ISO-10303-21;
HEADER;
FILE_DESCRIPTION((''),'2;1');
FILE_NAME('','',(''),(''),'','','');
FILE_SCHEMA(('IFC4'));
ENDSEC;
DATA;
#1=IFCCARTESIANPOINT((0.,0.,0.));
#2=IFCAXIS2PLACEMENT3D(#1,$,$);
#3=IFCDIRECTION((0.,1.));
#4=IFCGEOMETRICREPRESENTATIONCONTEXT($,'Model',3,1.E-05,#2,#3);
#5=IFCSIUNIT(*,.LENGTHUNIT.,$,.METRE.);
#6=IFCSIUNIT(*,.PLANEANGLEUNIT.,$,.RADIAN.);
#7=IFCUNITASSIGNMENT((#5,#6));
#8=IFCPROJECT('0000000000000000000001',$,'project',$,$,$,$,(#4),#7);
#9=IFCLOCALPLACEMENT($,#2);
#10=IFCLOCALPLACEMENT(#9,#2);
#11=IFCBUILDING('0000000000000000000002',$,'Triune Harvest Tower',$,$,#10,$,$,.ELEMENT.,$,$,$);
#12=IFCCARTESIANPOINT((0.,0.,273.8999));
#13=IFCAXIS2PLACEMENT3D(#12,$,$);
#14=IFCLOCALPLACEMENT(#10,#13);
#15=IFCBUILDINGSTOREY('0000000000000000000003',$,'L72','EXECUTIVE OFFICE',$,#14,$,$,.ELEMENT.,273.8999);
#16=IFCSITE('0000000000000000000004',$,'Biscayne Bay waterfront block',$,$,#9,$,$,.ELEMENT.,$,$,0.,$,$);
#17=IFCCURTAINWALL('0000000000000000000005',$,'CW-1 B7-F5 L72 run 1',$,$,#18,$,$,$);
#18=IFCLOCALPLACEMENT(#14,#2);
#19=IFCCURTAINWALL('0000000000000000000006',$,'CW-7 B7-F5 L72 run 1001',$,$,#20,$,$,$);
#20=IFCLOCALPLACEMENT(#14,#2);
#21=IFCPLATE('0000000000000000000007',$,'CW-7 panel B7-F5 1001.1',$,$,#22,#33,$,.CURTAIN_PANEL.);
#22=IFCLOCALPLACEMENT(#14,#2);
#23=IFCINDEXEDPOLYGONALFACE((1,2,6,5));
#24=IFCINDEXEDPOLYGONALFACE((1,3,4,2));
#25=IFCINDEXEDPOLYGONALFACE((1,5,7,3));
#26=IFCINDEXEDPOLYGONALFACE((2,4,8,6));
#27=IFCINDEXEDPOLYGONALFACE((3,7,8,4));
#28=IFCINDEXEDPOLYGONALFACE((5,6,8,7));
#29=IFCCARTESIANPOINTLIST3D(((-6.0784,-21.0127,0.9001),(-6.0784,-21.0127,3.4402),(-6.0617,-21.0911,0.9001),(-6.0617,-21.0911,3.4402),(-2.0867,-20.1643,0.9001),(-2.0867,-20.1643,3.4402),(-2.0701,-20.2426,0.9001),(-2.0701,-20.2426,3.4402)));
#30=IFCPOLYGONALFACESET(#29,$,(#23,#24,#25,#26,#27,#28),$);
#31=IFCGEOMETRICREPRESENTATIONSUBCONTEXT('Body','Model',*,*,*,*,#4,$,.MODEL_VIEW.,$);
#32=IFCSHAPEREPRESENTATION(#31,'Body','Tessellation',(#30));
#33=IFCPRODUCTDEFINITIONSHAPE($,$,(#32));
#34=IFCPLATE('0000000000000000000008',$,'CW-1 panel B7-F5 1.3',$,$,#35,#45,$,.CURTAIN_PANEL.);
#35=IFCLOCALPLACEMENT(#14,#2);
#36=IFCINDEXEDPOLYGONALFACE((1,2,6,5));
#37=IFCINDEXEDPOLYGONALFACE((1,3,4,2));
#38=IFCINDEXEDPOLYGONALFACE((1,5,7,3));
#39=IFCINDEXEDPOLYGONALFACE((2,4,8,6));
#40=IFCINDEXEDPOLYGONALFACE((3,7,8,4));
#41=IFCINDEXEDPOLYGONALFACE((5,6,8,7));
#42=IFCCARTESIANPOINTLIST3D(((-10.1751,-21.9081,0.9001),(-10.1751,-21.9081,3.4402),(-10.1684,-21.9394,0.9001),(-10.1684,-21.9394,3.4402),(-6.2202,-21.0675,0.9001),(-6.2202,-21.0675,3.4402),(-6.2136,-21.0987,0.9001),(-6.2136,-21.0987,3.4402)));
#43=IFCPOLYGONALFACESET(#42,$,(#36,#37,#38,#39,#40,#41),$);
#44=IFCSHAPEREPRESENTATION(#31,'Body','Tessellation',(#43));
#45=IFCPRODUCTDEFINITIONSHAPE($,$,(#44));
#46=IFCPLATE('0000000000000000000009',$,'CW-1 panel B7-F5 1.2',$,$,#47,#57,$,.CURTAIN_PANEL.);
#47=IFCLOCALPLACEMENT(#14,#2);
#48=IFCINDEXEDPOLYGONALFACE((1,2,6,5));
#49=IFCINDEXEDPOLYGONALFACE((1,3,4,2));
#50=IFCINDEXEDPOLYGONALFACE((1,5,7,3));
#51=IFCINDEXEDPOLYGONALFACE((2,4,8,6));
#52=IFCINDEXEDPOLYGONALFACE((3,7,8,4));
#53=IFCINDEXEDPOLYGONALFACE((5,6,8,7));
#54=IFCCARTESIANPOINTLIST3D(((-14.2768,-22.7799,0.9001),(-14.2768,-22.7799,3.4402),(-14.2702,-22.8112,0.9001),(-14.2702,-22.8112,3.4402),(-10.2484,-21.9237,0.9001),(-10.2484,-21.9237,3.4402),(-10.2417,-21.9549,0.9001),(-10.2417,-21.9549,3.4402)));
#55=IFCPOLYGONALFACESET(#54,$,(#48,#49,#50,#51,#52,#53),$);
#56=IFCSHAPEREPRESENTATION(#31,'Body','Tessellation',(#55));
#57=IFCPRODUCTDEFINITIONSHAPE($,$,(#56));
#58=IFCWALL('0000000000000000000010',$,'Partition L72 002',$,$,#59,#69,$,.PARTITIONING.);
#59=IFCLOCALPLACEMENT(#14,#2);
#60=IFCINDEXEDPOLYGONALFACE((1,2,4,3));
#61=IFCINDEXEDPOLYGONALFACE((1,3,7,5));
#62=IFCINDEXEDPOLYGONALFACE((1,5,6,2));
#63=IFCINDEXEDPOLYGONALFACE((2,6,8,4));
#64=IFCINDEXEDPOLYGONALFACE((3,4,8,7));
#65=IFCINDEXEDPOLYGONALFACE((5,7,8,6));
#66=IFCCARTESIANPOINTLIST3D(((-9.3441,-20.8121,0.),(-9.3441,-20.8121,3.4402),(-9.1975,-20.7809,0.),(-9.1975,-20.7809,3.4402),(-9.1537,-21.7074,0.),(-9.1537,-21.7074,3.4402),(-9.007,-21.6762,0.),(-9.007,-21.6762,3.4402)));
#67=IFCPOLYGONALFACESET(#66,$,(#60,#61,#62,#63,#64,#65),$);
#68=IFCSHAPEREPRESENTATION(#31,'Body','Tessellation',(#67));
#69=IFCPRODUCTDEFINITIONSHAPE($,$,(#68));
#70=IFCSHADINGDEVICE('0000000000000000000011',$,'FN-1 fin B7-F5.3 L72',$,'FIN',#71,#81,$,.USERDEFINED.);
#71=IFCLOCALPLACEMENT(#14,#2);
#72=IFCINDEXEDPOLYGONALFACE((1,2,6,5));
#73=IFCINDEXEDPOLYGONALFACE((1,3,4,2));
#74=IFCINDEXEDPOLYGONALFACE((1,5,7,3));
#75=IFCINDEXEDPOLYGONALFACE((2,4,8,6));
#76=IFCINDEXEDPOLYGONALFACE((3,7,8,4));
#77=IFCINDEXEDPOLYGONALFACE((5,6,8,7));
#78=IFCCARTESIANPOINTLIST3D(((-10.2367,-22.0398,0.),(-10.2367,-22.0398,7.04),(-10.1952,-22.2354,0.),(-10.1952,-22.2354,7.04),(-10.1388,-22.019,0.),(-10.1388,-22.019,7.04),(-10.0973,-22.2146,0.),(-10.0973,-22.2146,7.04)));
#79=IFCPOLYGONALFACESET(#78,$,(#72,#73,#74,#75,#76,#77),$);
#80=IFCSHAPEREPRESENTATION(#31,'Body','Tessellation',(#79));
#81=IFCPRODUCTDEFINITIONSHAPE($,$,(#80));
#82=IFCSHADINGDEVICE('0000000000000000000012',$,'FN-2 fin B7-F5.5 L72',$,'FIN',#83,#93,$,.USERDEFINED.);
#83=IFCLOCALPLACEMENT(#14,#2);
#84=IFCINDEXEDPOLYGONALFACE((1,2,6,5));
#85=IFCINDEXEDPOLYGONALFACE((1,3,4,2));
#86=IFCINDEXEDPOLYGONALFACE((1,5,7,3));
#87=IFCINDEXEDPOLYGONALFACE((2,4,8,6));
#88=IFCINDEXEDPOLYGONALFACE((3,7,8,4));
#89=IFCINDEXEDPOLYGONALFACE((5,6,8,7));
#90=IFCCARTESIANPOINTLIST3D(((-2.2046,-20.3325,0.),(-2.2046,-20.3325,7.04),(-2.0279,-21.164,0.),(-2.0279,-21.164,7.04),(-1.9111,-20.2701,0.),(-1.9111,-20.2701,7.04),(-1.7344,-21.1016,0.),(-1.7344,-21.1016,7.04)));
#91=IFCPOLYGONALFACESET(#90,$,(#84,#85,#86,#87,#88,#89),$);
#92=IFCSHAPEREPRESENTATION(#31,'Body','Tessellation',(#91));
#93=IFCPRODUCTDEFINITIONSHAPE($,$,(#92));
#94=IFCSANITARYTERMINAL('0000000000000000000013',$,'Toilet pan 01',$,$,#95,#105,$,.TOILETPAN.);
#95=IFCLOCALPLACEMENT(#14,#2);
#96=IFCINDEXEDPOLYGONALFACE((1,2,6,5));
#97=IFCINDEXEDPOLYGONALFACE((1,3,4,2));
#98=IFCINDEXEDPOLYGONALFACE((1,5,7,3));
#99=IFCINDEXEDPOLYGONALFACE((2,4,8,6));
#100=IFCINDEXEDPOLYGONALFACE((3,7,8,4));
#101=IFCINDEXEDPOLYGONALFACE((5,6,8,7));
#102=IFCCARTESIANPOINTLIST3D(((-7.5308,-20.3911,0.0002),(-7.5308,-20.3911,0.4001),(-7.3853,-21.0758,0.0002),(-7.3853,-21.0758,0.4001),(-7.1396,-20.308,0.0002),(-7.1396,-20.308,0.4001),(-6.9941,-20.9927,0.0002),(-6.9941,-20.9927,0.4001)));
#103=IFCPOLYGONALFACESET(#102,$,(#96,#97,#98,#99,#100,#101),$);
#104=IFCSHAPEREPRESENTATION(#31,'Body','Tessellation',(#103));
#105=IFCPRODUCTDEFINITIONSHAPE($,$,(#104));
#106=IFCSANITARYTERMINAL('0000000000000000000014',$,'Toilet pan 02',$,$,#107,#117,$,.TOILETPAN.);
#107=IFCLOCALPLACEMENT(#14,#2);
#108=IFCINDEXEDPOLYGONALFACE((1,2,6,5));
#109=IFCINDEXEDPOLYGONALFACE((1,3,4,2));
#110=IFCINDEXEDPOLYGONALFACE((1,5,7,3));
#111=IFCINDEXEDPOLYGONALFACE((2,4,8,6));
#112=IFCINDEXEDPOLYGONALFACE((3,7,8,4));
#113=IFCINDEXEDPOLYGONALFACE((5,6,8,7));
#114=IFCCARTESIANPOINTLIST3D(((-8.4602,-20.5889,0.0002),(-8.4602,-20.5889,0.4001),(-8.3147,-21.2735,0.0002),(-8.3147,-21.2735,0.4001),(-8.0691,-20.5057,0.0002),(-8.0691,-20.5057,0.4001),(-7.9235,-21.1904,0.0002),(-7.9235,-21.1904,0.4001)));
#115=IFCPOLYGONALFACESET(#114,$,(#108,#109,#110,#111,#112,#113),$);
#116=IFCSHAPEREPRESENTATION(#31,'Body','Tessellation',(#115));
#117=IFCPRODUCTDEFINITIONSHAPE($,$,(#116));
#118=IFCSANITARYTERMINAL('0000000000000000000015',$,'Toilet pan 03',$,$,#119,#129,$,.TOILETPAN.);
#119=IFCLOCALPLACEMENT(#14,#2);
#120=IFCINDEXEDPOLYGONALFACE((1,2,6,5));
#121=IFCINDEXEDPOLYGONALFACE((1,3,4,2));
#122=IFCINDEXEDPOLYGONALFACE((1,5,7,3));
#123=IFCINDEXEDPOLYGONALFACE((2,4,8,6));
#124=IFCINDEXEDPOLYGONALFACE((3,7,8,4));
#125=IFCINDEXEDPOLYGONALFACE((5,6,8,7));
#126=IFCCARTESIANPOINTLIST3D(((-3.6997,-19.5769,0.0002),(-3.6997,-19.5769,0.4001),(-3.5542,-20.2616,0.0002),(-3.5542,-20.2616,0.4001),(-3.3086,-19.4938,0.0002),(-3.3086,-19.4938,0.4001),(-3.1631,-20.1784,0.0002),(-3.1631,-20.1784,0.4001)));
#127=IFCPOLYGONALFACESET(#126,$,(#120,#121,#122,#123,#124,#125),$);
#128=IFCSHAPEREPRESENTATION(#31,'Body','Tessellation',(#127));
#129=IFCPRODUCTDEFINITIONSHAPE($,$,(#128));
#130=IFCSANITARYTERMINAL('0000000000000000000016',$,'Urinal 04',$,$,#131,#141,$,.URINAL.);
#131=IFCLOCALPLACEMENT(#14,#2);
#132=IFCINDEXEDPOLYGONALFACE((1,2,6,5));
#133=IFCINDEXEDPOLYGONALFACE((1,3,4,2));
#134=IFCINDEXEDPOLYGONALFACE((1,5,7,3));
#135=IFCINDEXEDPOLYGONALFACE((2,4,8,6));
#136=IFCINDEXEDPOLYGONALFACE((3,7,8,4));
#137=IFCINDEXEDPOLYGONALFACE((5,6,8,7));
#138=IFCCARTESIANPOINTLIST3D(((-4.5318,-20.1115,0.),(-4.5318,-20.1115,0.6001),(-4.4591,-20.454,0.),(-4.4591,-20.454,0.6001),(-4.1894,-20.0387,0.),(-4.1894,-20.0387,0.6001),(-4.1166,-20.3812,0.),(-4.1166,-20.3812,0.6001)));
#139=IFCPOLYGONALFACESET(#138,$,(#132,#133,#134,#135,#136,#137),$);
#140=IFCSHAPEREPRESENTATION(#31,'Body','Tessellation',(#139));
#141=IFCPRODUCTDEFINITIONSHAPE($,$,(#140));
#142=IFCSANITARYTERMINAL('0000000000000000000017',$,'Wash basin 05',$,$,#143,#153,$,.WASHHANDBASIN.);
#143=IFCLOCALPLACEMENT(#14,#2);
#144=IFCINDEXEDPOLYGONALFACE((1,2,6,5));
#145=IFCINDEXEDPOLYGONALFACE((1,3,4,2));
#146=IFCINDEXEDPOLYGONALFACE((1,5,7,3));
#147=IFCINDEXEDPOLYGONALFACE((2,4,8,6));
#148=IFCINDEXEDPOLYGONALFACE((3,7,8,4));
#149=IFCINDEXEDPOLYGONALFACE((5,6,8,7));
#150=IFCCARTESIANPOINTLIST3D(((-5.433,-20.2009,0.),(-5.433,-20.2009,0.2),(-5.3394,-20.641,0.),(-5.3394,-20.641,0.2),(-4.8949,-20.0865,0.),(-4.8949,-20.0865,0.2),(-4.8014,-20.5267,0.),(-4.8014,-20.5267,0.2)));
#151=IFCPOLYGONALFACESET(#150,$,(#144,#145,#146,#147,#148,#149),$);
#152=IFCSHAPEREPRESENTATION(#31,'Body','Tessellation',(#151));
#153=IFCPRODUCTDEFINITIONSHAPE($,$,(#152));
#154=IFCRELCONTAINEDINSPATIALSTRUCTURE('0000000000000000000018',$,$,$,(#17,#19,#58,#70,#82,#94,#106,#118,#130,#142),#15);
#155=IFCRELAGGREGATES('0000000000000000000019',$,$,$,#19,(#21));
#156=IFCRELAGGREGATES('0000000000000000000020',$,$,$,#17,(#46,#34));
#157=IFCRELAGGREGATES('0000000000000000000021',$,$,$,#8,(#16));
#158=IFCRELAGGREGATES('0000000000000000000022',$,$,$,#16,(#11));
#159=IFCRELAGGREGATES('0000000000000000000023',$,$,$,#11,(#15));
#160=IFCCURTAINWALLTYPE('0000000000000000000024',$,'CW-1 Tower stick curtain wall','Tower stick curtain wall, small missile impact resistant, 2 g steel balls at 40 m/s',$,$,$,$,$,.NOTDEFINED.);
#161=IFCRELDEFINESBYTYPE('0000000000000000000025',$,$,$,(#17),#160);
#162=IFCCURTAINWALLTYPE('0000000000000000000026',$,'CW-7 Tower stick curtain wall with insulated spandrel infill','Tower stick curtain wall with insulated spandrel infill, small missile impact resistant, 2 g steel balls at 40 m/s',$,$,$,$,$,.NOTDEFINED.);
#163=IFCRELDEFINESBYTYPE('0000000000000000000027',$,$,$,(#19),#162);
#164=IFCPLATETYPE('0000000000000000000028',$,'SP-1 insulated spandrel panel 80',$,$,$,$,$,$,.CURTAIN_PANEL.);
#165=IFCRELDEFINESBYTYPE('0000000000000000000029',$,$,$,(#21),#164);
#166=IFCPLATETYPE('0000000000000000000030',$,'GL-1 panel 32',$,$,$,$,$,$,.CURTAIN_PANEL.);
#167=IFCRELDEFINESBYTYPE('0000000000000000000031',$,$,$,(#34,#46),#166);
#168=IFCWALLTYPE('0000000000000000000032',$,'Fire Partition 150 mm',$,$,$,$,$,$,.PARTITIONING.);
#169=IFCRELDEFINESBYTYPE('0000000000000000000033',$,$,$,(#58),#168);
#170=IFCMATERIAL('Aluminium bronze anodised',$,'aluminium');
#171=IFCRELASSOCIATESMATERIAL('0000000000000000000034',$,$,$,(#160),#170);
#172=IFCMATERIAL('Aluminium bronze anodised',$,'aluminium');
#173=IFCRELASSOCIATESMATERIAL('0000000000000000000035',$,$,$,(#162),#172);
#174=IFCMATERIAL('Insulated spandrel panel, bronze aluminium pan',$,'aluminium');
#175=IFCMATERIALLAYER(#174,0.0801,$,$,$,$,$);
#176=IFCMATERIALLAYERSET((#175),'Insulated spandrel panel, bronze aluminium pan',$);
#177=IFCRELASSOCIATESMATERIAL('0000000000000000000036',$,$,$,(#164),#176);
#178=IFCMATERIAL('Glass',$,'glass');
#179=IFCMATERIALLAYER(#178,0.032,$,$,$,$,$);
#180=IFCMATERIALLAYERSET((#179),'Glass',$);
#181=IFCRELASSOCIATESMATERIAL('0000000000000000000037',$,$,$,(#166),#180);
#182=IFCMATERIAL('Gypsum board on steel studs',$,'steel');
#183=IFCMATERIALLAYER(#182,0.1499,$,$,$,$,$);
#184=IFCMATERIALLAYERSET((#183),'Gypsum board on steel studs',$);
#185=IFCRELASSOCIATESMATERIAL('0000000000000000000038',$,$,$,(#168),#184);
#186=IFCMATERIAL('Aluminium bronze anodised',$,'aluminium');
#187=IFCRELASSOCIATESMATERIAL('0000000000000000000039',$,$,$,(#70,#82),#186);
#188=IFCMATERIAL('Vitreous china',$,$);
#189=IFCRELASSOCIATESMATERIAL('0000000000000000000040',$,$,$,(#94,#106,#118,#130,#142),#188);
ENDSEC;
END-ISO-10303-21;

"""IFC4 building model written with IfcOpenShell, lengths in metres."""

from ifc_helpers import new_model, si_unit, direction, frame, frame_2d, origin, origin_2d, place, context, subcontext, project, spatial, rectangle, extrude, source, transform, mapped, material, layer, layer_set, type_object, element, aggregate, save


model = new_model("IFC4")

# Units and contexts
model_context = context("Model", 3, precision=1e-05, world=origin(), true_north=direction((0.0, 1.0)))
body_context = subcontext(model_context, "Body", "Model", "MODEL_VIEW")
ifc_project = project(units=[si_unit("LENGTHUNIT", "METRE"), si_unit("PLANEANGLEUNIT", "RADIAN")], contexts=[model_context])

# Site, building, storey
site_placement = place(None, origin())
site = spatial("IfcSite", under=ifc_project, at=site_placement, Name="Biscayne Bay waterfront block", CompositionType="ELEMENT", RefElevation=0.0)
building_placement = place(site_placement, origin())
building = spatial("IfcBuilding", under=site, at=building_placement, Name="Triune Harvest Tower", CompositionType="ELEMENT")
storey_placement = place(building_placement, frame((0.0, 0.0, 273.8999)))
storey = spatial("IfcBuildingStorey", under=building, at=storey_placement, Name="L72", Description="EXECUTIVE OFFICE", CompositionType="ELEMENT", Elevation=273.8999)

# Curtain walls
ifc_material_1 = material(Name="Aluminium bronze anodised", Category="aluminium")
curtain_wall_type_1 = type_object("IfcCurtainWallType", Name="CW-1 Tower stick curtain wall", Description="Tower stick curtain wall, small missile impact resistant, 2 g steel balls at 40 m/s", PredefinedType="NOTDEFINED", material=ifc_material_1)
curtain_wall_1_placement = place(storey_placement, origin())
curtain_wall_1 = element("IfcCurtainWall", 1, at=curtain_wall_1_placement, inside=storey, type_object=curtain_wall_type_1, Name="CW-1 B7-F5 L72 run 1")
ifc_material_2 = material(Name="Aluminium bronze anodised", Category="aluminium")
curtain_wall_type_2 = type_object("IfcCurtainWallType", Name="CW-7 Tower stick curtain wall with insulated spandrel infill", Description="Tower stick curtain wall with insulated spandrel infill, small missile impact resistant, 2 g steel balls at 40 m/s", PredefinedType="NOTDEFINED", material=ifc_material_2)
curtain_wall_2_placement = place(storey_placement, origin())
curtain_wall_2 = element("IfcCurtainWall", 2, at=curtain_wall_2_placement, inside=storey, type_object=curtain_wall_type_2, Name="CW-7 B7-F5 L72 run 1001")

# Plates
ifc_material_3 = material(Name="Insulated spandrel panel, bronze aluminium pan", Category="aluminium")
ifc_layer_1 = layer(ifc_material_3, 0.0801)
ifc_layer_set_1 = layer_set([ifc_layer_1], Name="Insulated spandrel panel, bronze aluminium pan")
plate_type_1 = type_object("IfcPlateType", Name="SP-1 insulated spandrel panel 80", PredefinedType="CURTAIN_PANEL", material=ifc_layer_set_1)
shared_shape_1 = source(origin(), body_context, "Body", "SweptSolid", [
    extrude(rectangle(XDim=4.0808, YDim=0.0801, at=origin_2d()), origin(), (0.0, 0.0, 1.0), 2.54),
])
plate_1_placement = place(storey_placement, frame((-4.0742, -20.6277, 0.9001), z_axis=(0.0, 0.0, 1.0), x_axis=(0.978147, 0.207913, 0.0)))
plate_1 = element("IfcPlate", 3, at=plate_1_placement, type_object=plate_type_1, Name="CW-7 panel B7-F5 1001.1", PredefinedType="CURTAIN_PANEL", context=body_context, shape_type="MappedRepresentation", body=[
    mapped(shared_shape_1, transform((0.0, 0.0, 0.0), scale=1.0)),
])
aggregate(curtain_wall_2, [plate_1])
ifc_material_4 = material(Name="Glass", Category="glass")
ifc_layer_2 = layer(ifc_material_4, 0.032)
ifc_layer_set_2 = layer_set([ifc_layer_2], Name="Glass")
plate_type_2 = type_object("IfcPlateType", Name="GL-1 panel 32", PredefinedType="CURTAIN_PANEL", material=ifc_layer_set_2)
shared_shape_2 = source(origin(), body_context, "Body", "SweptSolid", [
    extrude(rectangle(XDim=4.0432, YDim=0.032, at=origin_2d()), origin(), (0.0, 0.0, 1.0), 2.54),
])
plate_2_placement = place(storey_placement, frame((-8.1943, -21.5034, 0.9001), z_axis=(0.0, 0.0, 1.0), x_axis=(0.978148, 0.207909, 0.0)))
plate_2 = element("IfcPlate", 4, at=plate_2_placement, type_object=plate_type_2, Name="CW-1 panel B7-F5 1.3", PredefinedType="CURTAIN_PANEL", context=body_context, shape_type="MappedRepresentation", body=[
    mapped(shared_shape_2, transform((0.0, 0.0, 0.0), scale=1.0)),
])
shared_shape_3 = source(origin(), body_context, "Body", "SweptSolid", [
    extrude(rectangle(XDim=4.1184, YDim=0.032, at=origin_2d()), origin(), (0.0, 0.0, 1.0), 2.54),
])
plate_3_placement = place(storey_placement, frame((-12.2593, -22.3674, 0.9001), z_axis=(0.0, 0.0, 1.0), x_axis=(0.978148, 0.207909, 0.0)))
plate_3 = element("IfcPlate", 5, at=plate_3_placement, type_object=plate_type_2, Name="CW-1 panel B7-F5 1.2", PredefinedType="CURTAIN_PANEL", context=body_context, shape_type="MappedRepresentation", body=[
    mapped(shared_shape_3, transform((0.0, 0.0, 0.0), scale=1.0)),
])
aggregate(curtain_wall_1, [plate_3, plate_2])

# Wall
ifc_material_5 = material(Name="Gypsum board on steel studs", Category="steel")
ifc_layer_3 = layer(ifc_material_5, 0.1499)
ifc_layer_set_3 = layer_set([ifc_layer_3], Name="Gypsum board on steel studs")
wall_type = type_object("IfcWallType", Name="Fire Partition 150 mm", PredefinedType="PARTITIONING", material=ifc_layer_set_3)
wall_placement = place(storey_placement, frame((-9.2708, -20.7966, 0.0), z_axis=(0.0, 0.0, 1.0), x_axis=(0.208053, -0.978117, 0.0)))
element("IfcWall", 6, at=wall_placement, inside=storey, type_object=wall_type, Name="Partition L72 002", PredefinedType="PARTITIONING", context=body_context, shape_type="SweptSolid", body=[
    extrude(rectangle(XDim=0.9153, YDim=0.1499, at=frame_2d((0.4575, 0.0))), origin(), (0.0, 0.0, 1.0), 3.4402),
])

# Shading devices
ifc_material_6 = material(Name="Aluminium bronze anodised", Category="aluminium")
shared_shape_4 = source(origin(), body_context, "Body", "SweptSolid", [
    extrude(rectangle(XDim=0.1001, YDim=0.2, at=origin_2d()), origin(), (0.0, 0.0, 1.0), 7.04),
])
shading_device_1_placement = place(storey_placement, frame((-10.167, -22.1272, 0.0), z_axis=(0.0, 0.0, 1.0), x_axis=(0.978148, 0.207911, 0.0)))
element("IfcShadingDevice", 7, at=shading_device_1_placement, inside=storey, material=ifc_material_6, Name="FN-1 fin B7-F5.3 L72", ObjectType="FIN", PredefinedType="USERDEFINED", context=body_context, shape_type="MappedRepresentation", body=[
    mapped(shared_shape_4, transform((0.0, 0.0, 0.0), scale=1.0)),
])
shared_shape_5 = source(origin(), body_context, "Body", "SweptSolid", [
    extrude(rectangle(XDim=0.3, YDim=0.8501, at=origin_2d()), origin(), (0.0, 0.0, 1.0), 7.04),
])
shading_device_2_placement = place(storey_placement, frame((-1.9695, -20.717, 0.0), z_axis=(0.0, 0.0, 1.0), x_axis=(0.978148, 0.207911, 0.0)))
element("IfcShadingDevice", 8, at=shading_device_2_placement, inside=storey, material=ifc_material_6, Name="FN-2 fin B7-F5.5 L72", ObjectType="FIN", PredefinedType="USERDEFINED", context=body_context, shape_type="MappedRepresentation", body=[
    mapped(shared_shape_5, transform((0.0, 0.0, 0.0), scale=1.0)),
])

# Sanitary terminals
ifc_material_7 = material(Name="Vitreous china")
shared_shape_6 = source(origin(), body_context, "Body", "SweptSolid", [
    extrude(rectangle(XDim=0.3999, YDim=0.7, at=origin_2d()), origin(), (0.0, 0.0, 1.0), 0.3999),
])
for number, where, z_axis, x_axis, name in (
    (9, (-7.2625, -20.6919, 0.0002), (0.0, 0.0, 1.0), (-0.978148, -0.207912, 0.0), "Toilet pan 01"),
    (10, (-8.1919, -20.8896, 0.0002), (0.0, 0.0, 1.0), (-0.978148, -0.207912, 0.0), "Toilet pan 02"),
    (11, (-3.4314, -19.8777, 0.0002), (0.0, 0.0, 1.0), (-0.978151, -0.207895, 0.0), "Toilet pan 03"),
):
    element("IfcSanitaryTerminal", number, at=place(storey_placement, frame(where, z_axis=z_axis, x_axis=x_axis)), inside=storey, material=ifc_material_7, Name=name, PredefinedType="TOILETPAN", context=body_context, shape_type="MappedRepresentation", body=[
        mapped(shared_shape_6, transform((0.0, 0.0, 0.0), scale=1.0)),
    ])
shared_shape_7 = source(origin(), body_context, "Body", "SweptSolid", [
    extrude(rectangle(XDim=0.3501, YDim=0.3501, at=origin_2d()), origin(), (0.0, 0.0, 1.0), 0.6001),
])
sanitary_terminal_1_placement = place(storey_placement, frame((-4.3242, -20.2463, 0.0), z_axis=(0.0, 0.0, 1.0), x_axis=(-0.978151, -0.207895, 0.0)))
element("IfcSanitaryTerminal", 12, at=sanitary_terminal_1_placement, inside=storey, material=ifc_material_7, Name="Urinal 04", PredefinedType="URINAL", context=body_context, shape_type="MappedRepresentation", body=[
    mapped(shared_shape_7, transform((0.0, 0.0, 0.0), scale=1.0)),
])
shared_shape_8 = source(origin(), body_context, "Body", "SweptSolid", [
    extrude(rectangle(XDim=0.55, YDim=0.45, at=origin_2d()), origin(), (0.0, 0.0, 1.0), 0.2),
])
sanitary_terminal_2_placement = place(storey_placement, frame((-5.1172, -20.3638, 0.0), z_axis=(0.0, 0.0, 1.0), x_axis=(-0.978151, -0.207895, 0.0)))
element("IfcSanitaryTerminal", 13, at=sanitary_terminal_2_placement, inside=storey, material=ifc_material_7, Name="Wash basin 05", PredefinedType="WASHHANDBASIN", context=body_context, shape_type="MappedRepresentation", body=[
    mapped(shared_shape_8, transform((0.0, 0.0, 0.0), scale=1.0)),
])

save(model, "model.ifc")
